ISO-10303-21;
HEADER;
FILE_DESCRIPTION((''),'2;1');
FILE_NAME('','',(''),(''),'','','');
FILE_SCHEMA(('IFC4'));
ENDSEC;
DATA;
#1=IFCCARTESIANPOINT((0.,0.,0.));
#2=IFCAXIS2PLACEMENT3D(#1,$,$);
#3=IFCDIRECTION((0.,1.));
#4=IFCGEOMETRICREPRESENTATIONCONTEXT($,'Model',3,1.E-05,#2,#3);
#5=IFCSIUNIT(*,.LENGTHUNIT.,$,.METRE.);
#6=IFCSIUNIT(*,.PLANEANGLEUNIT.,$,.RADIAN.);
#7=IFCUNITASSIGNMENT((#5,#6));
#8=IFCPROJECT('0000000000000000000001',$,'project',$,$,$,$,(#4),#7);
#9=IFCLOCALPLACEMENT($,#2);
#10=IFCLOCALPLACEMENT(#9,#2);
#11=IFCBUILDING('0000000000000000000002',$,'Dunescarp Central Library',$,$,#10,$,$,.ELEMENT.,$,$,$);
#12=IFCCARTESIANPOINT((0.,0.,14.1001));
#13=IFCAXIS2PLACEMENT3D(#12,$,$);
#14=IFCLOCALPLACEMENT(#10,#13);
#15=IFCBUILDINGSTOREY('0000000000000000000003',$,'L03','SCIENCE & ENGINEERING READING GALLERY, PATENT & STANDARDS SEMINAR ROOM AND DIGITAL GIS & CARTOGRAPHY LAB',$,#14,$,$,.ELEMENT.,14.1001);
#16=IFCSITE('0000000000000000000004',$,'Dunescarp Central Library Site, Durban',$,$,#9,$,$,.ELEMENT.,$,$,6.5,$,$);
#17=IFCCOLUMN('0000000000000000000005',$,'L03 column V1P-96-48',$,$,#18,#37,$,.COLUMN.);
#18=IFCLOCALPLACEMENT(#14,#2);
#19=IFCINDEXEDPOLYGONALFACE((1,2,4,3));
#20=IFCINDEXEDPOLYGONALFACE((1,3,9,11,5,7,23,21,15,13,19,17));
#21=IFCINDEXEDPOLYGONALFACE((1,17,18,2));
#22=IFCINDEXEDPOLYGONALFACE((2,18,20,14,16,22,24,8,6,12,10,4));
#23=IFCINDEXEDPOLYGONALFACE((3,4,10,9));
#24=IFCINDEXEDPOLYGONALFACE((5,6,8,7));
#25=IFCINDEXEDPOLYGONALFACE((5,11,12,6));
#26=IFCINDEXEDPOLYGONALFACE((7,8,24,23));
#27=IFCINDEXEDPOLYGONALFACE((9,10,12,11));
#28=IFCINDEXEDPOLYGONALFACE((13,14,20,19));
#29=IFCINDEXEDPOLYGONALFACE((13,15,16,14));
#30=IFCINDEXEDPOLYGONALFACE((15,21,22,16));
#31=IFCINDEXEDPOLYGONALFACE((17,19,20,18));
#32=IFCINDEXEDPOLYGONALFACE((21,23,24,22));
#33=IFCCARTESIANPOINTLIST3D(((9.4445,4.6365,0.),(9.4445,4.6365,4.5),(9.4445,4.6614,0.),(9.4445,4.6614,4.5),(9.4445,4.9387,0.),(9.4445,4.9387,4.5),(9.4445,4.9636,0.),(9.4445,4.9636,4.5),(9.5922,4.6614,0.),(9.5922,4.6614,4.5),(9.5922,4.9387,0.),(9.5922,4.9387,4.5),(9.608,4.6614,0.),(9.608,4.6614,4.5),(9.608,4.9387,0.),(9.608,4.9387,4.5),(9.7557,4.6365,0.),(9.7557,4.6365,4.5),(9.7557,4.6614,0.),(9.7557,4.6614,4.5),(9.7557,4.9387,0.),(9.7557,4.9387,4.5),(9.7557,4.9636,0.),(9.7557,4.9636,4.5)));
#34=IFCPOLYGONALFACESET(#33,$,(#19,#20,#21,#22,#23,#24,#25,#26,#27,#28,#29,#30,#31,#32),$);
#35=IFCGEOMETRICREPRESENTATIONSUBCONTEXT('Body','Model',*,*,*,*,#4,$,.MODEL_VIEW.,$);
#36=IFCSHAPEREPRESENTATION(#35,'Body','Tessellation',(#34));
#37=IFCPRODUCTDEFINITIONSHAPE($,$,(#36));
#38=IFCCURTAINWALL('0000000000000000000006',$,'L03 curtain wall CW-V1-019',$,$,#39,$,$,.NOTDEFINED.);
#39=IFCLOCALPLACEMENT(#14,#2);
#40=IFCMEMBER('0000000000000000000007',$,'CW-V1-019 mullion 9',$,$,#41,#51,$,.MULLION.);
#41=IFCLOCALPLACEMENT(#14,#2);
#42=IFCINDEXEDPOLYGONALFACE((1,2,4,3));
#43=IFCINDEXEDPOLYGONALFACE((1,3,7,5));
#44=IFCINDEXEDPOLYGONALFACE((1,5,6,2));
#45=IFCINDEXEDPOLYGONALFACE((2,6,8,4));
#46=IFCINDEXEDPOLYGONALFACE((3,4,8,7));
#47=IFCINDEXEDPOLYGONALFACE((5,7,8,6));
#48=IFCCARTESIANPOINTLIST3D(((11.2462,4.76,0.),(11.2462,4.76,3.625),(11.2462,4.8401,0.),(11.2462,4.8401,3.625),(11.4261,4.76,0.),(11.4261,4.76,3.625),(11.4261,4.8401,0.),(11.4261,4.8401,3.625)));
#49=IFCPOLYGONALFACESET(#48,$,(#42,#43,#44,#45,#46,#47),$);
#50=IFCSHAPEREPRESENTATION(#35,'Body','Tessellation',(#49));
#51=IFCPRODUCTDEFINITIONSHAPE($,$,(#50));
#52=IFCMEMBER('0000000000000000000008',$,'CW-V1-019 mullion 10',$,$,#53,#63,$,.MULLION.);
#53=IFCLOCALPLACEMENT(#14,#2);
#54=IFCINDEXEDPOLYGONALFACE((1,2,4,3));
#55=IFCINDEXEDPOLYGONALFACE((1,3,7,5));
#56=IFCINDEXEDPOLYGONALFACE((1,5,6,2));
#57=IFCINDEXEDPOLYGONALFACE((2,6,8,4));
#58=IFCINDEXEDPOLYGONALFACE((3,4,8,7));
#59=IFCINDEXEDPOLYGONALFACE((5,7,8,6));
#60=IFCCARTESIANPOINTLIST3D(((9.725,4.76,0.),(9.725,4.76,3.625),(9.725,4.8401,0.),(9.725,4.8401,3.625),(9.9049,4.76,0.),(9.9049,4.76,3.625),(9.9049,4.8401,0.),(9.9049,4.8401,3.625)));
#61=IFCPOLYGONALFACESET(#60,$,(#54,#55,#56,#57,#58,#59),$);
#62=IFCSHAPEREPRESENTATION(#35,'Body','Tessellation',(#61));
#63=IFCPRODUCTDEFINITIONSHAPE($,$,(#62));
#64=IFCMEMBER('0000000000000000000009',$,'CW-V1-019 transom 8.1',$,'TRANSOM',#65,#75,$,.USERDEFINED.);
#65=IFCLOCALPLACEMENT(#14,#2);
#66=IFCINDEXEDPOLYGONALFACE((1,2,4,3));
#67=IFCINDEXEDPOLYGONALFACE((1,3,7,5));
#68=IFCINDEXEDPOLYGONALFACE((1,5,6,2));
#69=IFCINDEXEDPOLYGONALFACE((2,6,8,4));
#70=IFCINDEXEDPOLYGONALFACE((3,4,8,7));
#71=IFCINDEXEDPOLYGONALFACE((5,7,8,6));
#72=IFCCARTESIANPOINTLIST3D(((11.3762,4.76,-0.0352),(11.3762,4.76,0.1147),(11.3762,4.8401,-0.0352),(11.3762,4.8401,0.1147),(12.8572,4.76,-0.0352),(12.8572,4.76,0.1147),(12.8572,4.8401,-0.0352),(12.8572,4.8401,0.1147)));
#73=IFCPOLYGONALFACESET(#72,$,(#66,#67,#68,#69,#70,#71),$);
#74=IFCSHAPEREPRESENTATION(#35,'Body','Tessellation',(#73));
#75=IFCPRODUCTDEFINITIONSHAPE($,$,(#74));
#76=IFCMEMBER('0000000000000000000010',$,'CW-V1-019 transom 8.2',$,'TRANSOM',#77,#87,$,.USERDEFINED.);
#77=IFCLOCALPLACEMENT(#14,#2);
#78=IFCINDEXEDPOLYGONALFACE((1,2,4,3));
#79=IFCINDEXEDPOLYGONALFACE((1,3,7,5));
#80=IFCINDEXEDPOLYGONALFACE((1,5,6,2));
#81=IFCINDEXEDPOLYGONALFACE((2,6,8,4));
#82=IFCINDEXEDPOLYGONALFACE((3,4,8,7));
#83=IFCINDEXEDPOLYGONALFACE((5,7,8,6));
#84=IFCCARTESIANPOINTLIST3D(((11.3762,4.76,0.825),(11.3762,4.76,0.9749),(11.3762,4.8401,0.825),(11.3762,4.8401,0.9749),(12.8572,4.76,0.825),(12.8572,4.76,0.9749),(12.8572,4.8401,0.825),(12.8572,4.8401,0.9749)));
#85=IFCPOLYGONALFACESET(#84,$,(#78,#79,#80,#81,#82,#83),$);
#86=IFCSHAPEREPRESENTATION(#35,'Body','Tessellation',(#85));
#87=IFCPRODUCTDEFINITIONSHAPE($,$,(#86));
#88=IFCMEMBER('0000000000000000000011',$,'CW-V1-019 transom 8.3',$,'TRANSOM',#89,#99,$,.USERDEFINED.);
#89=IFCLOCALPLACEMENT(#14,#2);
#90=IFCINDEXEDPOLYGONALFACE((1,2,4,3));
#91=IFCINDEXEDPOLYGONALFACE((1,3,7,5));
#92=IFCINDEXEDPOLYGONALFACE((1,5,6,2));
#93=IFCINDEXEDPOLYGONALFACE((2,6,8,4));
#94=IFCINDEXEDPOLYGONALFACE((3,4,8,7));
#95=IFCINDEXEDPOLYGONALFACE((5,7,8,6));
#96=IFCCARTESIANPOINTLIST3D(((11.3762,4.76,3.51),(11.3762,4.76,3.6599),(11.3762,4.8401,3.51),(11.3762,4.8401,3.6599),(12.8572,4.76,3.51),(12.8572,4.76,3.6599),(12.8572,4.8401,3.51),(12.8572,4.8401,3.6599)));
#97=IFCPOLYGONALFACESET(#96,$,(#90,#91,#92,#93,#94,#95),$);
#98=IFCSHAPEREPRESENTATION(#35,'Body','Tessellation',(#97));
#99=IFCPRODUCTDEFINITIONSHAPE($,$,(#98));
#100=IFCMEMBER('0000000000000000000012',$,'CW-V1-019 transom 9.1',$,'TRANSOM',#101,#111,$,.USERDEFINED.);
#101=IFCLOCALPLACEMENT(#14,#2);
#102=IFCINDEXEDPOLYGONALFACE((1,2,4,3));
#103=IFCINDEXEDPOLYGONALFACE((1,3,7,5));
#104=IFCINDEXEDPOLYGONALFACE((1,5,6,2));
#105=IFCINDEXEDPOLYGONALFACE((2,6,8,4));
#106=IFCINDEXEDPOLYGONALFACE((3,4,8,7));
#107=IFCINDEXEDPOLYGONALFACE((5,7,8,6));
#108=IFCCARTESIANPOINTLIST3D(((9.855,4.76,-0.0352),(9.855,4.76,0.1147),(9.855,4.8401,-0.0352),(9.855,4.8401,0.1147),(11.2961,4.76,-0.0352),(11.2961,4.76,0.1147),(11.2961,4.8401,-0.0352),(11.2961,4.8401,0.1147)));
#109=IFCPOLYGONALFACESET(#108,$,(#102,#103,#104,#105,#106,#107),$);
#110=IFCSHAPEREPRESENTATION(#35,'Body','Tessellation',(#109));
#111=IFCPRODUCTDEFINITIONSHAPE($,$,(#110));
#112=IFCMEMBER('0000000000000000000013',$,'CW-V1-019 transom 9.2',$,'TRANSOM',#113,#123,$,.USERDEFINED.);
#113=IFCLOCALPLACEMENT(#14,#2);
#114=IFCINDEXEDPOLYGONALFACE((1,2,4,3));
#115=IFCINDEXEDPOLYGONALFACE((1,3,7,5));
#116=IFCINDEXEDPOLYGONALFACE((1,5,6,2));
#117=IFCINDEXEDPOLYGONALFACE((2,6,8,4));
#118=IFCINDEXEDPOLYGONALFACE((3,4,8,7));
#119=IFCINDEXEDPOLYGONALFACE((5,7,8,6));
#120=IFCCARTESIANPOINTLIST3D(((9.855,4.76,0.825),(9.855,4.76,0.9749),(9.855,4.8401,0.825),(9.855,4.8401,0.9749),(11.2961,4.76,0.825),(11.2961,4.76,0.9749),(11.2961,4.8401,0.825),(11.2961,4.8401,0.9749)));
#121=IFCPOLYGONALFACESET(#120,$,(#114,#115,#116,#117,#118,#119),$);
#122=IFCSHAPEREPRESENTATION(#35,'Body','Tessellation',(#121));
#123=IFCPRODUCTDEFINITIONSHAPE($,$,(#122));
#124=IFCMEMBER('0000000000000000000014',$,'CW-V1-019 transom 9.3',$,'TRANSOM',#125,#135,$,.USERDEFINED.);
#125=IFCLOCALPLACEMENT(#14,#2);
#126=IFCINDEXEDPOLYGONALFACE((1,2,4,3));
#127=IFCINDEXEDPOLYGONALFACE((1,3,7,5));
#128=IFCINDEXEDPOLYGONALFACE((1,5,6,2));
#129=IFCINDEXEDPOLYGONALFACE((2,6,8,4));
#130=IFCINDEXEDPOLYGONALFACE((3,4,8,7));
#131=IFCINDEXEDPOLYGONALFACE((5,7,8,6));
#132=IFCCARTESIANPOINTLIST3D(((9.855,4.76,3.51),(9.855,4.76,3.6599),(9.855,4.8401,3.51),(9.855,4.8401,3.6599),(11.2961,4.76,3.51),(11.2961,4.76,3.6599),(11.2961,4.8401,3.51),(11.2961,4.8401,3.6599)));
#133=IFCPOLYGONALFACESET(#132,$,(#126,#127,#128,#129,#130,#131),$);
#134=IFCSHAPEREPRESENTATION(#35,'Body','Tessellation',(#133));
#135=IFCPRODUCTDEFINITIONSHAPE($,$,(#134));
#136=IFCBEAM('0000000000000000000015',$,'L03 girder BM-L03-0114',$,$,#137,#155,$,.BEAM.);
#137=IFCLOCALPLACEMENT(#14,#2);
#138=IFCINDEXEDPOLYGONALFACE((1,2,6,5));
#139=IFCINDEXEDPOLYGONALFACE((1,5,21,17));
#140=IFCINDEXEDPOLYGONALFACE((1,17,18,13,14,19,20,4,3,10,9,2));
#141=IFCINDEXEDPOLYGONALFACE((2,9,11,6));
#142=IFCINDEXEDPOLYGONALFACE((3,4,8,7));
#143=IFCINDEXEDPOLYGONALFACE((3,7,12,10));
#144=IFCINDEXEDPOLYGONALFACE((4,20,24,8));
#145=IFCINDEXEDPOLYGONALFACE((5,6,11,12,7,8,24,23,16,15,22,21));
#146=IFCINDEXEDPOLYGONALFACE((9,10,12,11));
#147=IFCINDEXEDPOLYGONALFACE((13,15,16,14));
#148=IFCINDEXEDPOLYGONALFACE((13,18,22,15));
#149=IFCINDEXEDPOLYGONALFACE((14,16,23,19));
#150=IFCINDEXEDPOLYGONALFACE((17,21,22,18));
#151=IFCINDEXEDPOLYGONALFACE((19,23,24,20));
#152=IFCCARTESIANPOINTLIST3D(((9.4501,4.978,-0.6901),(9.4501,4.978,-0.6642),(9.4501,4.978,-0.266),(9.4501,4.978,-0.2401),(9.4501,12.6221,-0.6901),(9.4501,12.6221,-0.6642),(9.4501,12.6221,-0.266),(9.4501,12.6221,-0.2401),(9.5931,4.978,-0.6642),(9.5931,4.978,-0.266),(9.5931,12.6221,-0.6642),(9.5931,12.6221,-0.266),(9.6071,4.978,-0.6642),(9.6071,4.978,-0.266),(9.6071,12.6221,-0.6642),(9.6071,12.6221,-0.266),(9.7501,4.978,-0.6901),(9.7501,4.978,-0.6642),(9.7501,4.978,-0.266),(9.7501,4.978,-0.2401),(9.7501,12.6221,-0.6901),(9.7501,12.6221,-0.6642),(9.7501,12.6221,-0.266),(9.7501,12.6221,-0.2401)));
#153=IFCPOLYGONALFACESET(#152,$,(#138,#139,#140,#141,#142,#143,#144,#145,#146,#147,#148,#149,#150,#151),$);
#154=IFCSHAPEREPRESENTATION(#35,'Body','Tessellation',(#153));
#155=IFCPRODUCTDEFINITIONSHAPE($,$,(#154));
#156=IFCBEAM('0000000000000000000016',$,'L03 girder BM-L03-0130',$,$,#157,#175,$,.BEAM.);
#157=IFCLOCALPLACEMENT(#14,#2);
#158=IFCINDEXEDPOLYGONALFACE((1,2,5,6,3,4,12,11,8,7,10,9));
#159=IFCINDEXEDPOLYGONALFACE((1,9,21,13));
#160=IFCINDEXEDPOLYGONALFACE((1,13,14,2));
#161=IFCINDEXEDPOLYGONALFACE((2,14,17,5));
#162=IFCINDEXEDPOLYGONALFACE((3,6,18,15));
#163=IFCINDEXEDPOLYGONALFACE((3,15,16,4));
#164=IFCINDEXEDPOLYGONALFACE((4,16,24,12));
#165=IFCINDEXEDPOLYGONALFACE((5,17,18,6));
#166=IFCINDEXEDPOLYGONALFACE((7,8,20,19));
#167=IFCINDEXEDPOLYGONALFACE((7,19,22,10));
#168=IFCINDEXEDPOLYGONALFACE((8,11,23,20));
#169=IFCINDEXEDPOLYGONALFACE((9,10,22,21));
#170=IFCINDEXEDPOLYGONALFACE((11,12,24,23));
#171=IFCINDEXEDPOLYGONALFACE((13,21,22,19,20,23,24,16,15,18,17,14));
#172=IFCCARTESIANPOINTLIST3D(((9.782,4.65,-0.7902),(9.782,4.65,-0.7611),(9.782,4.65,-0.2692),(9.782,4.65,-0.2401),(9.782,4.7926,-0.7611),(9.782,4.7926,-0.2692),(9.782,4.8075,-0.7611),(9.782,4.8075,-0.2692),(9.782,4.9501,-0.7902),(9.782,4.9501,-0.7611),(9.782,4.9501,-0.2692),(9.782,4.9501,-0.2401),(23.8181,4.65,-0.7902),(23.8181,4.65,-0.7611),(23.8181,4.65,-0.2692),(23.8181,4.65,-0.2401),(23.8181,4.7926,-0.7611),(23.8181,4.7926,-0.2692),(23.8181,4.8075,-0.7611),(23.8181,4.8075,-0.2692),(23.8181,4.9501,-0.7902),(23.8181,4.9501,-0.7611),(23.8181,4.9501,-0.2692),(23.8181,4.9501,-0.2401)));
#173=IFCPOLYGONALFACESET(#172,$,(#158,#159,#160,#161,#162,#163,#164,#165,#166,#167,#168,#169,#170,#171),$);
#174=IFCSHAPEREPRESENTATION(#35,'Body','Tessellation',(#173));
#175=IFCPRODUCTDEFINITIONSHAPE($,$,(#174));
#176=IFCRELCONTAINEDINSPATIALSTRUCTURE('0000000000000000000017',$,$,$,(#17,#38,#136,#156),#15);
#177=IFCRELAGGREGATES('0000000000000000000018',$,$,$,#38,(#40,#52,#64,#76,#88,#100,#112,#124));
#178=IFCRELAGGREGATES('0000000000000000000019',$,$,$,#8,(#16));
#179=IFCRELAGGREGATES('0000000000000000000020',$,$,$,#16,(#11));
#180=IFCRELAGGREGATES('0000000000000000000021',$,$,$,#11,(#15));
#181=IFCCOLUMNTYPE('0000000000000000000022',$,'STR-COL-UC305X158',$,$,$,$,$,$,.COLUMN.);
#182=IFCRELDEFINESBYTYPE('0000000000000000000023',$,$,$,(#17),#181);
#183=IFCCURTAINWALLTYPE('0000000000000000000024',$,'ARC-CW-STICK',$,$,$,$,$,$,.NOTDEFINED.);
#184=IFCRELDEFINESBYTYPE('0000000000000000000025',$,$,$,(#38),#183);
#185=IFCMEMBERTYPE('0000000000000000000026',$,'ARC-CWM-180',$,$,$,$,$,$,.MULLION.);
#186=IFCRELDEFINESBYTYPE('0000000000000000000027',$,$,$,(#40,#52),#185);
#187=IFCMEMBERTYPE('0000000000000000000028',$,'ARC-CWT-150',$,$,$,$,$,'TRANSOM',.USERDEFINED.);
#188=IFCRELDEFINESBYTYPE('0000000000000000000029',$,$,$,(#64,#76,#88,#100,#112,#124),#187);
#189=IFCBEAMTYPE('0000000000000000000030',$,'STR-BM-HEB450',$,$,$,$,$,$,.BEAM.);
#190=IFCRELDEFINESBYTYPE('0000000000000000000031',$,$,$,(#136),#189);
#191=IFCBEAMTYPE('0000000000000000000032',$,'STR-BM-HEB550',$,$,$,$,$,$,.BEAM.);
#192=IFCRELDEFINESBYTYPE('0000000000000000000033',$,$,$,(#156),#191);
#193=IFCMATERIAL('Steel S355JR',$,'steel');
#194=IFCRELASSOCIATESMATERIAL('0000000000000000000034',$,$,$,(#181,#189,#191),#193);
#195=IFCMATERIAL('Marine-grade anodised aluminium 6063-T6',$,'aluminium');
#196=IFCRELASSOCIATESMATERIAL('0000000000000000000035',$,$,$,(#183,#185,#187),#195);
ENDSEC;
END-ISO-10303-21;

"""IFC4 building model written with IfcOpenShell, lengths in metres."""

from ifc_helpers import new_model, si_unit, direction, frame, origin, origin_2d, place, context, subcontext, project, spatial, rectangle, i_section, extrude, material, material_profile, profile_set, type_object, element, aggregate, save


model = new_model("IFC4")

# Units and contexts
model_context = context("Model", 3, precision=1e-05, world=origin(), true_north=direction((0.0, 1.0)))
body_context = subcontext(model_context, "Body", "Model", "MODEL_VIEW")
ifc_project = project(units=[si_unit("LENGTHUNIT", "METRE"), si_unit("PLANEANGLEUNIT", "RADIAN")], contexts=[model_context])

# Site, building, storey
site_placement = place(None, origin())
site = spatial("IfcSite", under=ifc_project, at=site_placement, Name="Dunescarp Central Library Site, Durban", CompositionType="ELEMENT", RefElevation=6.5)
building_placement = place(site_placement, origin())
building = spatial("IfcBuilding", under=site, at=building_placement, Name="Dunescarp Central Library", CompositionType="ELEMENT")
storey_placement = place(building_placement, frame((0.0, 0.0, 14.1001)))
storey = spatial("IfcBuildingStorey", under=building, at=storey_placement, Name="L03", Description="SCIENCE & ENGINEERING READING GALLERY, PATENT & STANDARDS SEMINAR ROOM AND DIGITAL GIS & CARTOGRAPHY LAB", CompositionType="ELEMENT", Elevation=14.1001)

# Column
ifc_material_1 = material(Name="Steel S355JR", Category="steel")
ifc_material_profile_1 = material_profile(ifc_material_1, i_section(OverallWidth=0.3113, OverallDepth=0.3271, WebThickness=0.0159, FlangeThickness=0.0249, at=origin_2d()), Name="UC 305x305x158")
ifc_profile_set_1 = profile_set([ifc_material_profile_1], Name="Steel S355JR")
column_type = type_object("IfcColumnType", Name="STR-COL-UC305X158", PredefinedType="COLUMN", material=ifc_profile_set_1)
column_placement = place(storey_placement, frame((9.6001, 4.8, 0.0), z_axis=(0.0, 0.0, 1.0), x_axis=(1.0, 0.0, 0.0)))
element("IfcColumn", 1, at=column_placement, inside=storey, type_object=column_type, Name="L03 column V1P-96-48", PredefinedType="COLUMN", context=body_context, shape_type="SweptSolid", body=[
    extrude(i_section(OverallWidth=0.3113, OverallDepth=0.3271, WebThickness=0.0159, FlangeThickness=0.0249, at=origin_2d()), origin(), (0.0, 0.0, 1.0), 4.5),
])

# Curtain wall, members
ifc_material_2 = material(Name="Marine-grade anodised aluminium 6063-T6", Category="aluminium")
curtain_wall_type = type_object("IfcCurtainWallType", Name="ARC-CW-STICK", PredefinedType="NOTDEFINED", material=ifc_material_2)
curtain_wall_placement = place(storey_placement, origin())
curtain_wall = element("IfcCurtainWall", 2, at=curtain_wall_placement, inside=storey, type_object=curtain_wall_type, Name="L03 curtain wall CW-V1-019", PredefinedType="NOTDEFINED")
ifc_material_profile_2 = material_profile(ifc_material_2, rectangle(XDim=0.0801, YDim=0.1799, at=origin_2d()), Name="AL 80x180")
ifc_profile_set_2 = profile_set([ifc_material_profile_2], Name="Marine-grade anodised aluminium 6063-T6")
member_type_1 = type_object("IfcMemberType", Name="ARC-CWM-180", PredefinedType="MULLION", material=ifc_profile_set_2)
member_1_placement = place(storey_placement, frame((11.3362, 4.8, 0.0), z_axis=(0.0, 0.0, 1.0), x_axis=(0.0, -1.0, 0.0)))
member_1 = element("IfcMember", 3, at=member_1_placement, type_object=member_type_1, Name="CW-V1-019 mullion 9", PredefinedType="MULLION", context=body_context, shape_type="SweptSolid", body=[
    extrude(rectangle(XDim=0.0801, YDim=0.1799, at=origin_2d()), origin(), (0.0, 0.0, 1.0), 3.625),
])
member_2_placement = place(storey_placement, frame((9.8149, 4.8, 0.0), z_axis=(0.0, 0.0, 1.0), x_axis=(0.0, -1.0, 0.0)))
member_2 = element("IfcMember", 4, at=member_2_placement, type_object=member_type_1, Name="CW-V1-019 mullion 10", PredefinedType="MULLION", context=body_context, shape_type="SweptSolid", body=[
    extrude(rectangle(XDim=0.0801, YDim=0.1799, at=origin_2d()), origin(), (0.0, 0.0, 1.0), 3.625),
])
ifc_material_profile_3 = material_profile(ifc_material_2, rectangle(XDim=0.0801, YDim=0.1499, at=origin_2d()), Name="AL 80x150")
ifc_profile_set_3 = profile_set([ifc_material_profile_3], Name="Marine-grade anodised aluminium 6063-T6")
member_type_2 = type_object("IfcMemberType", Name="ARC-CWT-150", ElementType="TRANSOM", PredefinedType="USERDEFINED", material=ifc_profile_set_3)
member_3_placement = place(storey_placement, frame((12.8572, 4.8, 0.0398), z_axis=(-1.0, 0.0, 0.0), x_axis=(0.0, -1.0, 0.0)))
member_3 = element("IfcMember", 5, at=member_3_placement, type_object=member_type_2, Name="CW-V1-019 transom 8.1", ObjectType="TRANSOM", PredefinedType="USERDEFINED", context=body_context, shape_type="SweptSolid", body=[
    extrude(rectangle(XDim=0.0801, YDim=0.1499, at=origin_2d()), origin(), (0.0, 0.0, 1.0), 1.481),
])
member_4_placement = place(storey_placement, frame((12.8572, 4.8, 0.8999), z_axis=(-1.0, 0.0, 0.0), x_axis=(0.0, -1.0, 0.0)))
member_4 = element("IfcMember", 6, at=member_4_placement, type_object=member_type_2, Name="CW-V1-019 transom 8.2", ObjectType="TRANSOM", PredefinedType="USERDEFINED", context=body_context, shape_type="SweptSolid", body=[
    extrude(rectangle(XDim=0.0801, YDim=0.1499, at=origin_2d()), origin(), (0.0, 0.0, 1.0), 1.481),
])
member_5_placement = place(storey_placement, frame((12.8572, 4.8, 3.585), z_axis=(-1.0, 0.0, 0.0), x_axis=(0.0, -1.0, 0.0)))
member_5 = element("IfcMember", 7, at=member_5_placement, type_object=member_type_2, Name="CW-V1-019 transom 8.3", ObjectType="TRANSOM", PredefinedType="USERDEFINED", context=body_context, shape_type="SweptSolid", body=[
    extrude(rectangle(XDim=0.0801, YDim=0.1499, at=origin_2d()), origin(), (0.0, 0.0, 1.0), 1.481),
])
member_6_placement = place(storey_placement, frame((11.2961, 4.8, 0.0398), z_axis=(-1.0, 0.0, 0.0), x_axis=(0.0, -1.0, 0.0)))
member_6 = element("IfcMember", 8, at=member_6_placement, type_object=member_type_2, Name="CW-V1-019 transom 9.1", ObjectType="TRANSOM", PredefinedType="USERDEFINED", context=body_context, shape_type="SweptSolid", body=[
    extrude(rectangle(XDim=0.0801, YDim=0.1499, at=origin_2d()), origin(), (0.0, 0.0, 1.0), 1.4412),
])
member_7_placement = place(storey_placement, frame((11.2961, 4.8, 0.8999), z_axis=(-1.0, 0.0, 0.0), x_axis=(0.0, -1.0, 0.0)))
member_7 = element("IfcMember", 9, at=member_7_placement, type_object=member_type_2, Name="CW-V1-019 transom 9.2", ObjectType="TRANSOM", PredefinedType="USERDEFINED", context=body_context, shape_type="SweptSolid", body=[
    extrude(rectangle(XDim=0.0801, YDim=0.1499, at=origin_2d()), origin(), (0.0, 0.0, 1.0), 1.4412),
])
member_8_placement = place(storey_placement, frame((11.2961, 4.8, 3.585), z_axis=(-1.0, 0.0, 0.0), x_axis=(0.0, -1.0, 0.0)))
member_8 = element("IfcMember", 10, at=member_8_placement, type_object=member_type_2, Name="CW-V1-019 transom 9.3", ObjectType="TRANSOM", PredefinedType="USERDEFINED", context=body_context, shape_type="SweptSolid", body=[
    extrude(rectangle(XDim=0.0801, YDim=0.1499, at=origin_2d()), origin(), (0.0, 0.0, 1.0), 1.4412),
])

# Beams
ifc_material_profile_4 = material_profile(ifc_material_1, i_section(OverallWidth=0.3, OverallDepth=0.45, WebThickness=0.0139, FlangeThickness=0.0259, at=origin_2d()), Name="HEB 450")
ifc_profile_set_4 = profile_set([ifc_material_profile_4], Name="Steel S355JR")
beam_type_1 = type_object("IfcBeamType", Name="STR-BM-HEB450", PredefinedType="BEAM", material=ifc_profile_set_4)
beam_1_placement = place(storey_placement, frame((9.6001, 4.978, -0.4651), z_axis=(0.0, 1.0, 0.0), x_axis=(-1.0, 0.0, 0.0)))
element("IfcBeam", 11, at=beam_1_placement, inside=storey, type_object=beam_type_1, Name="L03 girder BM-L03-0114", PredefinedType="BEAM", context=body_context, shape_type="SweptSolid", body=[
    extrude(i_section(OverallWidth=0.3, OverallDepth=0.45, WebThickness=0.0139, FlangeThickness=0.0259, at=origin_2d()), origin(), (0.0, 0.0, 1.0), 7.644),
])
ifc_material_profile_5 = material_profile(ifc_material_1, i_section(OverallWidth=0.3, OverallDepth=0.55, WebThickness=0.0149, FlangeThickness=0.0291, at=origin_2d()), Name="HEB 550")
ifc_profile_set_5 = profile_set([ifc_material_profile_5], Name="Steel S355JR")
beam_type_2 = type_object("IfcBeamType", Name="STR-BM-HEB550", PredefinedType="BEAM", material=ifc_profile_set_5)
beam_2_placement = place(storey_placement, frame((9.782, 4.8, -0.5151), z_axis=(1.0, 0.0, 0.0), x_axis=(0.0, 1.0, 0.0)))
element("IfcBeam", 12, at=beam_2_placement, inside=storey, type_object=beam_type_2, Name="L03 girder BM-L03-0130", PredefinedType="BEAM", context=body_context, shape_type="SweptSolid", body=[
    extrude(i_section(OverallWidth=0.3, OverallDepth=0.55, WebThickness=0.0149, FlangeThickness=0.0291, at=origin_2d()), origin(), (0.0, 0.0, 1.0), 14.0361),
])

aggregate(curtain_wall, [member_1, member_2, member_3, member_4, member_5, member_6, member_7, member_8])

save(model, "model.ifc")
